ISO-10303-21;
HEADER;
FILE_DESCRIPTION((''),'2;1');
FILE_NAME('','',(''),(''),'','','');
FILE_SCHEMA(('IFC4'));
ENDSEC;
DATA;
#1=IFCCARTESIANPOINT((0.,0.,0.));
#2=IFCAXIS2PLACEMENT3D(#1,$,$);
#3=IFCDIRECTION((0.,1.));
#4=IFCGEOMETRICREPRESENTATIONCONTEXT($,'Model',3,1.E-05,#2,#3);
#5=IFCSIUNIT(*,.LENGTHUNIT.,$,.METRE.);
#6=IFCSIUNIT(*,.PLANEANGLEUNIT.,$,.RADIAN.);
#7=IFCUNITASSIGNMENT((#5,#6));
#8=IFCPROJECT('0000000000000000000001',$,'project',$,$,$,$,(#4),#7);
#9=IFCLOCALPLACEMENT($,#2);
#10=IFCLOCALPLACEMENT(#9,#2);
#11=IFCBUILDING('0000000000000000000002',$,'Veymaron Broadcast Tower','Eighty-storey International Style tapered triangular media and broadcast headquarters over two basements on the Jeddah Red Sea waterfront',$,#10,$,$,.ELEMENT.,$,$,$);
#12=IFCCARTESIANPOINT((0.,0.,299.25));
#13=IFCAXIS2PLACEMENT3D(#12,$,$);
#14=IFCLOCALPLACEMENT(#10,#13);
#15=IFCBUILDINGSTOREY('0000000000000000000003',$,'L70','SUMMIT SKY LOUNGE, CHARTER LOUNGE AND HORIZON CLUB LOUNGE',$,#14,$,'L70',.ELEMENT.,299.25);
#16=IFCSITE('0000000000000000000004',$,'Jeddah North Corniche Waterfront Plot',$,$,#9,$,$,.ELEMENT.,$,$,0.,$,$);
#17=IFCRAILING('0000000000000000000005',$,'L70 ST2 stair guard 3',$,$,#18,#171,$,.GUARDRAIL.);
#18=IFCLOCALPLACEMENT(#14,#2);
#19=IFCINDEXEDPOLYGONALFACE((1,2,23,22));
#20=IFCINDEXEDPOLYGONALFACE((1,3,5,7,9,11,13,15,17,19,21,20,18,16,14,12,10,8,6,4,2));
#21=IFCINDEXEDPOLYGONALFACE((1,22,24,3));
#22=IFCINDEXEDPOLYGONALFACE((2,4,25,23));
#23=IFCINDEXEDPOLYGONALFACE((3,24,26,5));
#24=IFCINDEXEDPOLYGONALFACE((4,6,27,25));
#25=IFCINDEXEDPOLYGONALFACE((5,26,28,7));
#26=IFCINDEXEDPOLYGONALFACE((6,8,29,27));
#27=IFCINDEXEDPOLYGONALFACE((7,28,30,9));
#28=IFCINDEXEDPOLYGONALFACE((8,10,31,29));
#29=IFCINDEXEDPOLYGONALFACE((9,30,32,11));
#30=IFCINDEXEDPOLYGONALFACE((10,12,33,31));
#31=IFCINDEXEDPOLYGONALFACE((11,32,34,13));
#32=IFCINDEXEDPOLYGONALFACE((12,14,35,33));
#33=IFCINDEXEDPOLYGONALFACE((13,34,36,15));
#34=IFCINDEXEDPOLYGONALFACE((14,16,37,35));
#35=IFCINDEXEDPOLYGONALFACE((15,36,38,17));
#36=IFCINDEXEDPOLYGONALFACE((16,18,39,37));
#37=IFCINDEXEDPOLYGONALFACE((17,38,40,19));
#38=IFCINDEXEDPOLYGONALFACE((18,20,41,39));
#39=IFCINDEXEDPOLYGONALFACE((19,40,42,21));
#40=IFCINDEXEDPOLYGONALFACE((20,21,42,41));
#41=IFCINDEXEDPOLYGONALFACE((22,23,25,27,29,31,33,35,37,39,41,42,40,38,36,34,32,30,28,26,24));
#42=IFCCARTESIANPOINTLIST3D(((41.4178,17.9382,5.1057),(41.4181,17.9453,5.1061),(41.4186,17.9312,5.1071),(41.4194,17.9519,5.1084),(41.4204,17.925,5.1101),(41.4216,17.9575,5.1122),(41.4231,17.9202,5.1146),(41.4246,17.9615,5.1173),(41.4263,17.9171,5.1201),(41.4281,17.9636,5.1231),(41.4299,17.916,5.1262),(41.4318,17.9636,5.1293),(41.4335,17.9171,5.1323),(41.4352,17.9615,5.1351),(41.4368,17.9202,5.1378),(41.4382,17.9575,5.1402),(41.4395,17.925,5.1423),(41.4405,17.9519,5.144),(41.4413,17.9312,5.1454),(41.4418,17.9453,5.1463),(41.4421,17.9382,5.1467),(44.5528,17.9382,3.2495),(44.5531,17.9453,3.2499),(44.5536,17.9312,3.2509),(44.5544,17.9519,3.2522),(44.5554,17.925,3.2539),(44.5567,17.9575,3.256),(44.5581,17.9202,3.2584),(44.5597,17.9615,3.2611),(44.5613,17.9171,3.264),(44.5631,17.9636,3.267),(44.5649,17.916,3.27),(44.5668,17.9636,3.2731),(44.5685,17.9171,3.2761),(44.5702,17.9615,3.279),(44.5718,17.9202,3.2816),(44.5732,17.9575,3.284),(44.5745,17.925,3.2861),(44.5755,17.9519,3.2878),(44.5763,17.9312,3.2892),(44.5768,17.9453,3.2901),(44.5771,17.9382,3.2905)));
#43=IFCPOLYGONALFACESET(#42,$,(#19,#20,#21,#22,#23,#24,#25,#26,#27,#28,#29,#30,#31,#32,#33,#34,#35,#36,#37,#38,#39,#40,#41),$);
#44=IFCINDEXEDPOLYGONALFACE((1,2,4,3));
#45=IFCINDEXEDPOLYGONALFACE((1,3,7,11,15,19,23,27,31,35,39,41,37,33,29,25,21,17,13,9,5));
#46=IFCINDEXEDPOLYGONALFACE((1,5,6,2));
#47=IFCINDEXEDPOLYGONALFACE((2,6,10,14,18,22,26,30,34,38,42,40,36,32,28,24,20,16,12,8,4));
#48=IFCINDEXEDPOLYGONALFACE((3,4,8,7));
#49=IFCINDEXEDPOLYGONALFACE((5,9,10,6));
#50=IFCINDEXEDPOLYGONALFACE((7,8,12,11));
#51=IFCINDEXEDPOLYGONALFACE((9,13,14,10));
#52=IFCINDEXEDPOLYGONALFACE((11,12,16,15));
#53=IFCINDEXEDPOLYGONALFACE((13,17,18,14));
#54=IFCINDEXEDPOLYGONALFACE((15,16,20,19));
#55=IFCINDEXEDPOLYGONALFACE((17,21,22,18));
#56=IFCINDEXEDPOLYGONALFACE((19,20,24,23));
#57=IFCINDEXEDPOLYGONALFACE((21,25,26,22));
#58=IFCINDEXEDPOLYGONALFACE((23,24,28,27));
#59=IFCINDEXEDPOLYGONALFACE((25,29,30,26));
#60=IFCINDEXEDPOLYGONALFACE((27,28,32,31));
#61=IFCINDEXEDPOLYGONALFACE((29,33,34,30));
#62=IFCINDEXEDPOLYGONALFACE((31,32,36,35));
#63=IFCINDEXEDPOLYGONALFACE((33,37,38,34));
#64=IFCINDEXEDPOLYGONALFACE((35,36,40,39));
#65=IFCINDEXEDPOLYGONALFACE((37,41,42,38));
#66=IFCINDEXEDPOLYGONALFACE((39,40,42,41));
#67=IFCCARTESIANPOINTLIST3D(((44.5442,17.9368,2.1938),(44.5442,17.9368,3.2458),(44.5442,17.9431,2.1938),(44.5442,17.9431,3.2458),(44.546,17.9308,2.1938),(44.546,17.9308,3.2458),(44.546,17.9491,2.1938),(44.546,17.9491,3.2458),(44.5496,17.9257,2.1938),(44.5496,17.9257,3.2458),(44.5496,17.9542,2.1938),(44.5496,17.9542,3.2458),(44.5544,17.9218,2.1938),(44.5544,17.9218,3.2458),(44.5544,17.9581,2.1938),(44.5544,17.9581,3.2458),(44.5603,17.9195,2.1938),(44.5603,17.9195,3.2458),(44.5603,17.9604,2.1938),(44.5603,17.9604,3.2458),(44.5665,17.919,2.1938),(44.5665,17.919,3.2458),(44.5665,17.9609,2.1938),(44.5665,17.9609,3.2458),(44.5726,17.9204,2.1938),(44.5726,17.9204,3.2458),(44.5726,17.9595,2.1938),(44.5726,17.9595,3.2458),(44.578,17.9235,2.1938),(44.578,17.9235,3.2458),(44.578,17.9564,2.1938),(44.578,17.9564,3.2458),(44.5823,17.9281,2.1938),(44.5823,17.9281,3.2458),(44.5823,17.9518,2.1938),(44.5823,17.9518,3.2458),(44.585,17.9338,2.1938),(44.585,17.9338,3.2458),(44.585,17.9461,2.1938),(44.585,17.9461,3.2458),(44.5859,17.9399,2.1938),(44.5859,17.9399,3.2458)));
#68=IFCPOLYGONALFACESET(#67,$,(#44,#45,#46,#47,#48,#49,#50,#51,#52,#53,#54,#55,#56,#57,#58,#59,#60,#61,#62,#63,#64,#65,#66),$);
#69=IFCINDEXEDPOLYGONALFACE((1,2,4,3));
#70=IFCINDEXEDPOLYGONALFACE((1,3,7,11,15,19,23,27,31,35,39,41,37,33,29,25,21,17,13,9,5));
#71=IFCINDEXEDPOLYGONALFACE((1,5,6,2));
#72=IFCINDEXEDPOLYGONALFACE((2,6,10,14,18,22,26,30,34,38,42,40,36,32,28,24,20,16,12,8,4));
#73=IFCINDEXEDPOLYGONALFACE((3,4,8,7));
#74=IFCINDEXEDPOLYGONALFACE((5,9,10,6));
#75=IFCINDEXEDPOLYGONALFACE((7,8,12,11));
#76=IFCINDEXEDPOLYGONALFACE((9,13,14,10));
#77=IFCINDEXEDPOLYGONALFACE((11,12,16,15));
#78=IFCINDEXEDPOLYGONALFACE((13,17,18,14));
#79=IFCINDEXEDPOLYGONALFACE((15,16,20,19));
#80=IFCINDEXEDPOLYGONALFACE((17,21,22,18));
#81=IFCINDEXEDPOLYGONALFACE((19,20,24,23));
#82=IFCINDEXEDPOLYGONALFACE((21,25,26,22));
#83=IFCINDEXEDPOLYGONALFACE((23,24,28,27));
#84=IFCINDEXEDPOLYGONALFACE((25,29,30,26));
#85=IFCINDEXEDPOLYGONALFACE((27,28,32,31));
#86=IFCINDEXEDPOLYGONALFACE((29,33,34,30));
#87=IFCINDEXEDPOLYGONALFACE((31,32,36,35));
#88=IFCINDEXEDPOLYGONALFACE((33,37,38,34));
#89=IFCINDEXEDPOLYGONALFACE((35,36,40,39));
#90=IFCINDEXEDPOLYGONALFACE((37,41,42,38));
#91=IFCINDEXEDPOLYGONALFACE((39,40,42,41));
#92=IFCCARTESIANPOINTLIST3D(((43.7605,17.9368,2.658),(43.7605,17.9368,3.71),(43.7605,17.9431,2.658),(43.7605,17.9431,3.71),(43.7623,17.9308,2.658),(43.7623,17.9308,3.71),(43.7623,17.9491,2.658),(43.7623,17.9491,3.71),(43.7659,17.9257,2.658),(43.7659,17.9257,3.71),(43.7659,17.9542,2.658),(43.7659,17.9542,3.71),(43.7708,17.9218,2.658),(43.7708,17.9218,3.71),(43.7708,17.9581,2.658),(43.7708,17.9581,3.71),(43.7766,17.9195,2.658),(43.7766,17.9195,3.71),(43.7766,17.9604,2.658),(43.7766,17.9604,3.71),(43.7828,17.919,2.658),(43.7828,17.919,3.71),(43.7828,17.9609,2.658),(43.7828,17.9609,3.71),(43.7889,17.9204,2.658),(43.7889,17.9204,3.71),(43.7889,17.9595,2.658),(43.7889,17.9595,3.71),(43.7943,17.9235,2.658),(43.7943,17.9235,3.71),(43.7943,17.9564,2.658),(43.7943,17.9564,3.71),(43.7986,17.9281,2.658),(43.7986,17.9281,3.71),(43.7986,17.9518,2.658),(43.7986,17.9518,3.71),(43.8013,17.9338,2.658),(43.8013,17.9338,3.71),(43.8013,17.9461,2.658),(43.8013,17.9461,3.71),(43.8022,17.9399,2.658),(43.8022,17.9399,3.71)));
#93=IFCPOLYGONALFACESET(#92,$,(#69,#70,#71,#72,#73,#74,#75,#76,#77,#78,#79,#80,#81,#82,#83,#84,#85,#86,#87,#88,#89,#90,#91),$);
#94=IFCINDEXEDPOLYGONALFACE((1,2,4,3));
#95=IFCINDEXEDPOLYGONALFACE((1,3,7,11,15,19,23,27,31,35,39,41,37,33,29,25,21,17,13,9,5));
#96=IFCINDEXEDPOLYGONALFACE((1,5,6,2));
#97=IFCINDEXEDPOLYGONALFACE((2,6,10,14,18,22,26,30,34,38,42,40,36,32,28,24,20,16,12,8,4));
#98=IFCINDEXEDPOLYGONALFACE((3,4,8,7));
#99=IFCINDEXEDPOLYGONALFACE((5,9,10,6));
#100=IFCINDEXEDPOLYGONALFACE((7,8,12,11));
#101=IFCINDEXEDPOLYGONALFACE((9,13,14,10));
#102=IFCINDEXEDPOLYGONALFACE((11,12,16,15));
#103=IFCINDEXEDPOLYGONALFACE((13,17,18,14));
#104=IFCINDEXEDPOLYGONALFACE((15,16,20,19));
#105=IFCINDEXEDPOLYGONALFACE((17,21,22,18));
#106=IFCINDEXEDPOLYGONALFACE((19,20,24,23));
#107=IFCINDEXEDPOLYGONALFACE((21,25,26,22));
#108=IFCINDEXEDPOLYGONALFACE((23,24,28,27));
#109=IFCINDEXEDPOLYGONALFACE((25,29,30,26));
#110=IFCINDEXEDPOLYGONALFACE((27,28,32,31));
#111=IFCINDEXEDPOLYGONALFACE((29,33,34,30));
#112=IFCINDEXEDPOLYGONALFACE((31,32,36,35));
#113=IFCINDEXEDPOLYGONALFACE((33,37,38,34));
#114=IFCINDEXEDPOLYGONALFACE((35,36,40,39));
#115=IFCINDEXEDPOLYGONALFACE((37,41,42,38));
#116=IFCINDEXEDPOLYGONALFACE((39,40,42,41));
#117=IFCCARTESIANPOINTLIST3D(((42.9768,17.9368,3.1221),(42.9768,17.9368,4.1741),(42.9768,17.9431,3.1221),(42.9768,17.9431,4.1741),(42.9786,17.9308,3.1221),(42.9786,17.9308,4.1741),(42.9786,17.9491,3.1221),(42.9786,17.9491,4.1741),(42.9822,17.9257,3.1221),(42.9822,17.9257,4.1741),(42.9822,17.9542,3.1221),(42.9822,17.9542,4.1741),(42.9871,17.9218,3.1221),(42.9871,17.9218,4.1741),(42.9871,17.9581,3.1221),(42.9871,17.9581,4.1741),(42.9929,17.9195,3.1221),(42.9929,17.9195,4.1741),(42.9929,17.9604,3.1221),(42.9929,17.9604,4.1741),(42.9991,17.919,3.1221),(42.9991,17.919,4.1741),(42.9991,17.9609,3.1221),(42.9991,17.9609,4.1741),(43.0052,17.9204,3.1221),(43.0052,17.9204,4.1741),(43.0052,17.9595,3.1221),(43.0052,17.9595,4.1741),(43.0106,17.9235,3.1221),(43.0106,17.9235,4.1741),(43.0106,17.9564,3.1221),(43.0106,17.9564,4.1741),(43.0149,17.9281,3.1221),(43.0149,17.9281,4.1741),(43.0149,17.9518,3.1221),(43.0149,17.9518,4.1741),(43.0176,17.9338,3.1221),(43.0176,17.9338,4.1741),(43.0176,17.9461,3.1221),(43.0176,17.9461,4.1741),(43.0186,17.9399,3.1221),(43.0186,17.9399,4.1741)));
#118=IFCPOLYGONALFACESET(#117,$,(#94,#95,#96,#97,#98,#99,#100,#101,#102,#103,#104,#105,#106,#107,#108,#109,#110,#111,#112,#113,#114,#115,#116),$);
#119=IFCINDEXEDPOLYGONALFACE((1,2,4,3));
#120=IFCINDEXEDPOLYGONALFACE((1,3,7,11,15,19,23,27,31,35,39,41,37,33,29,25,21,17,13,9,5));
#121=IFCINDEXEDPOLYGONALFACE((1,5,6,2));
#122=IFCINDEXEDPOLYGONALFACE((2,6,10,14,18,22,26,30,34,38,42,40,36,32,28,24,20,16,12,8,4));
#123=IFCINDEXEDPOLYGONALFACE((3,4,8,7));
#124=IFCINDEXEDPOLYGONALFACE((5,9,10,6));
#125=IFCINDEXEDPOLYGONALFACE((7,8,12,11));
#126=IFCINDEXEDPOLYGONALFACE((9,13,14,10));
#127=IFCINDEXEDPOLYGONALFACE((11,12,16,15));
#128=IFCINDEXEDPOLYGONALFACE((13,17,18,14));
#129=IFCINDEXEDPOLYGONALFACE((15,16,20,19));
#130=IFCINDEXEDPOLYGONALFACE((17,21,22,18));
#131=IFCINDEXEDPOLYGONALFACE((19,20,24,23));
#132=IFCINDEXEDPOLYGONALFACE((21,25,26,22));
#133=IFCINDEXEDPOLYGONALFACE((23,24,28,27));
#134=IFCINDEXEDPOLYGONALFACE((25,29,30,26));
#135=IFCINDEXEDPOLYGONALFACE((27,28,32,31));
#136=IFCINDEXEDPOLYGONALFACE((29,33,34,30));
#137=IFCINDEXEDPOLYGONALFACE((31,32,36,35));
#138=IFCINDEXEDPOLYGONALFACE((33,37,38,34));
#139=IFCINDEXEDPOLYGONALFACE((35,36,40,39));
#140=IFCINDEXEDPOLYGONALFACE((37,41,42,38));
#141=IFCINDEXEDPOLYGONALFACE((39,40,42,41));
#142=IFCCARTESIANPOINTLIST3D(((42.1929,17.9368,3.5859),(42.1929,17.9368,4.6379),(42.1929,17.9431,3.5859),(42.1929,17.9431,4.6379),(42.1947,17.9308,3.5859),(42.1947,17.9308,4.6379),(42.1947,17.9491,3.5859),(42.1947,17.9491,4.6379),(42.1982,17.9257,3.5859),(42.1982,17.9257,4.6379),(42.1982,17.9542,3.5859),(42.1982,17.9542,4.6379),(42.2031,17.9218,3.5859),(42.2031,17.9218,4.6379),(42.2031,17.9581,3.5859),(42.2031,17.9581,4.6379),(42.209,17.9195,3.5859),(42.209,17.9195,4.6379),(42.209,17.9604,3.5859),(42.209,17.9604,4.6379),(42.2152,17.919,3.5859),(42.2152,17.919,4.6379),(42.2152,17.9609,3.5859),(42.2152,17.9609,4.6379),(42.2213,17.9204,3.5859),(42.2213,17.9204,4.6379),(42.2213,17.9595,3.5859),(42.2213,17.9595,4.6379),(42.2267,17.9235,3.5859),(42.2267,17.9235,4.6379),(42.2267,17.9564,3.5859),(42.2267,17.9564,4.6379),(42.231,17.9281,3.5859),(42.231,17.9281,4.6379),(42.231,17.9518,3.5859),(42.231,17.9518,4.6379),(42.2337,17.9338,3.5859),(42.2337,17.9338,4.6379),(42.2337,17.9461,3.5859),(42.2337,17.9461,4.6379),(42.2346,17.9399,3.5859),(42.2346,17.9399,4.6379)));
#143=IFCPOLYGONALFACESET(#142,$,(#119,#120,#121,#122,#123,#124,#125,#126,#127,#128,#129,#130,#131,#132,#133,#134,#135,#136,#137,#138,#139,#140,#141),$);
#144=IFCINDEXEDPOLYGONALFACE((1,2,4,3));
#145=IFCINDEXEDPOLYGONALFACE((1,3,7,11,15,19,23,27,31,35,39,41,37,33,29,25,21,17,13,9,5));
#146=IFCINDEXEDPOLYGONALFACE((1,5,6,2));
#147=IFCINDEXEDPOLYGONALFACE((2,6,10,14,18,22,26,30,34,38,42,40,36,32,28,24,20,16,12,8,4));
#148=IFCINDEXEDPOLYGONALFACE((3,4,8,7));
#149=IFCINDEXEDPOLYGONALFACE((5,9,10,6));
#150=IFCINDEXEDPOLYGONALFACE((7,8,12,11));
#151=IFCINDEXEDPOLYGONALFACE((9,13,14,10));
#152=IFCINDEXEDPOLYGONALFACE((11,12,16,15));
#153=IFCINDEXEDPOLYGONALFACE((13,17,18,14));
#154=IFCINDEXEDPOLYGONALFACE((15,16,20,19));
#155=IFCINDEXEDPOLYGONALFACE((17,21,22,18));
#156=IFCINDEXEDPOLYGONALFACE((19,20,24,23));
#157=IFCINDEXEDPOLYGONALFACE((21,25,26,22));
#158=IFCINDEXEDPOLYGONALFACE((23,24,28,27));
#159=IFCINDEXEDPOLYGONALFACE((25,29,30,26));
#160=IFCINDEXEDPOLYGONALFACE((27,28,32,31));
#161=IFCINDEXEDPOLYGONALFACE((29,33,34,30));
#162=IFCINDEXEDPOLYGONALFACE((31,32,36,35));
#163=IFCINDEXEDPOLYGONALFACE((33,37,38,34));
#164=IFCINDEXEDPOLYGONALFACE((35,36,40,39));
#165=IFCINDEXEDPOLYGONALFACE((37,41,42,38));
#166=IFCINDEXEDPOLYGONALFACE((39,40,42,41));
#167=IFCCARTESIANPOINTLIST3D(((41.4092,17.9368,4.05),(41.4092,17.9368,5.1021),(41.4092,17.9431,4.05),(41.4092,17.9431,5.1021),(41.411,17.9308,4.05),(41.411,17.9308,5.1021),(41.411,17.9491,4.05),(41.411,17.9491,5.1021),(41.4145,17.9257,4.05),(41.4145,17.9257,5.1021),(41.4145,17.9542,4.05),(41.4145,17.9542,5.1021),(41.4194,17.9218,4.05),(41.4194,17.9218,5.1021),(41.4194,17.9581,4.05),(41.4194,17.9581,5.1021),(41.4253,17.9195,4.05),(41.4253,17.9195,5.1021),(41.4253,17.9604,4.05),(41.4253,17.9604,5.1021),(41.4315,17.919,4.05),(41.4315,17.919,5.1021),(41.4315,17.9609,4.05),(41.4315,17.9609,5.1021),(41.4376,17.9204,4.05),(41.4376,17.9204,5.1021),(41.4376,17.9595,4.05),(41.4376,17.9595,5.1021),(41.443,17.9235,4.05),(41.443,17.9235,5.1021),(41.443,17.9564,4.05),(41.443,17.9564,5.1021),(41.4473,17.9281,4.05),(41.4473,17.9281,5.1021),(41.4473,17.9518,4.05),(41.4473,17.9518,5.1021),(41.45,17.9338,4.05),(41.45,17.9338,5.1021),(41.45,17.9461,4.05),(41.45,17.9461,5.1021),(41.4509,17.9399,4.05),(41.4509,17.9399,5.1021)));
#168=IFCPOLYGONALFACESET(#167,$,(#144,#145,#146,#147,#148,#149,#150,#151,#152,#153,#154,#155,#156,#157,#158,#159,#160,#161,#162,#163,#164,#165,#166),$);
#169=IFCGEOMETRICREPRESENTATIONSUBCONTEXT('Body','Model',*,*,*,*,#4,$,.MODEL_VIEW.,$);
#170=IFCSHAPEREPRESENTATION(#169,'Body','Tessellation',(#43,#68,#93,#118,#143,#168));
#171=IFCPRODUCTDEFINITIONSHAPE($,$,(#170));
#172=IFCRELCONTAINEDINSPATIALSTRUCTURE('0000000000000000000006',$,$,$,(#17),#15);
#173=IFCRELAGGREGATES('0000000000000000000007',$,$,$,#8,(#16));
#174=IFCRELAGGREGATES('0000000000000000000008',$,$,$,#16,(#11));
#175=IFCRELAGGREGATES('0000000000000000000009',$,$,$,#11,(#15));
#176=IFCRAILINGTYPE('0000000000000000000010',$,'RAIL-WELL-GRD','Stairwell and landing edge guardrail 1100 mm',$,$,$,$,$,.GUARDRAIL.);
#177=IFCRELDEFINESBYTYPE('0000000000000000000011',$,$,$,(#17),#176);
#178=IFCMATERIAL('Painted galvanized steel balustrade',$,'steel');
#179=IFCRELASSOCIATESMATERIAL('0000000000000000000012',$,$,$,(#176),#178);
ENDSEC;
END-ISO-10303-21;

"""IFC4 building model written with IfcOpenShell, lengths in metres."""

from ifc_helpers import new_model, si_unit, direction, frame, origin, origin_2d, place, context, subcontext, project, spatial, circle, extrude, material, type_object, element, save


model = new_model("IFC4")

# Units and contexts
model_context = context("Model", 3, precision=1e-05, world=origin(), true_north=direction((0.0, 1.0)))
body_context = subcontext(model_context, "Body", "Model", "MODEL_VIEW")
ifc_project = project(units=[si_unit("LENGTHUNIT", "METRE"), si_unit("PLANEANGLEUNIT", "RADIAN")], contexts=[model_context])

# Site, building, storey
site_placement = place(None, origin())
site = spatial("IfcSite", under=ifc_project, at=site_placement, Name="Jeddah North Corniche Waterfront Plot", CompositionType="ELEMENT", RefElevation=0.0)
building_placement = place(site_placement, origin())
building = spatial("IfcBuilding", under=site, at=building_placement, Name="Veymaron Broadcast Tower", Description="Eighty-storey International Style tapered triangular media and broadcast headquarters over two basements on the Jeddah Red Sea waterfront", CompositionType="ELEMENT")
storey_placement = place(building_placement, frame((0.0, 0.0, 299.25)))
storey = spatial("IfcBuildingStorey", under=building, at=storey_placement, Name="L70", Description="SUMMIT SKY LOUNGE, CHARTER LOUNGE AND HORIZON CLUB LOUNGE", LongName="L70", CompositionType="ELEMENT", Elevation=299.25)

# Railing
ifc_material_1 = material(Name="Painted galvanized steel balustrade", Category="steel")
railing_type_1 = type_object("IfcRailingType", Name="RAIL-WELL-GRD", Description="Stairwell and landing edge guardrail 1100 mm", PredefinedType="GUARDRAIL", material=ifc_material_1)
railing_1_placement = place(storey_placement, frame((44.5649, 17.9399, 2.1938)))
element("IfcRailing", 1, at=railing_1_placement, inside=storey, type_object=railing_type_1, Name="L70 ST2 stair guard 3", PredefinedType="GUARDRAIL", context=body_context, shape_type="SweptSolid", body=[
    extrude(circle(Radius=0.0239, at=origin_2d()), frame((0.0, 0.0, 1.0762), z_axis=(-0.860482, 0.0, 0.509481), x_axis=(0.0, -1.0, 0.0)), (0.0, 0.0, 1.0), 3.6433),
    extrude(circle(Radius=0.021, at=origin_2d()), origin(), (0.0, 0.0, 1.0), 1.052),
    extrude(circle(Radius=0.021, at=origin_2d()), frame((-0.7837, 0.0, 0.4641)), (0.0, 0.0, 1.0), 1.052),
    extrude(circle(Radius=0.021, at=origin_2d()), frame((-1.5674, 0.0, 0.9282)), (0.0, 0.0, 1.0), 1.052),
    extrude(circle(Radius=0.021, at=origin_2d()), frame((-2.3513, 0.0, 1.3921)), (0.0, 0.0, 1.0), 1.052),
    extrude(circle(Radius=0.021, at=origin_2d()), frame((-3.135, 0.0, 1.8562)), (0.0, 0.0, 1.0), 1.052),
])

save(model, "model.ifc")
